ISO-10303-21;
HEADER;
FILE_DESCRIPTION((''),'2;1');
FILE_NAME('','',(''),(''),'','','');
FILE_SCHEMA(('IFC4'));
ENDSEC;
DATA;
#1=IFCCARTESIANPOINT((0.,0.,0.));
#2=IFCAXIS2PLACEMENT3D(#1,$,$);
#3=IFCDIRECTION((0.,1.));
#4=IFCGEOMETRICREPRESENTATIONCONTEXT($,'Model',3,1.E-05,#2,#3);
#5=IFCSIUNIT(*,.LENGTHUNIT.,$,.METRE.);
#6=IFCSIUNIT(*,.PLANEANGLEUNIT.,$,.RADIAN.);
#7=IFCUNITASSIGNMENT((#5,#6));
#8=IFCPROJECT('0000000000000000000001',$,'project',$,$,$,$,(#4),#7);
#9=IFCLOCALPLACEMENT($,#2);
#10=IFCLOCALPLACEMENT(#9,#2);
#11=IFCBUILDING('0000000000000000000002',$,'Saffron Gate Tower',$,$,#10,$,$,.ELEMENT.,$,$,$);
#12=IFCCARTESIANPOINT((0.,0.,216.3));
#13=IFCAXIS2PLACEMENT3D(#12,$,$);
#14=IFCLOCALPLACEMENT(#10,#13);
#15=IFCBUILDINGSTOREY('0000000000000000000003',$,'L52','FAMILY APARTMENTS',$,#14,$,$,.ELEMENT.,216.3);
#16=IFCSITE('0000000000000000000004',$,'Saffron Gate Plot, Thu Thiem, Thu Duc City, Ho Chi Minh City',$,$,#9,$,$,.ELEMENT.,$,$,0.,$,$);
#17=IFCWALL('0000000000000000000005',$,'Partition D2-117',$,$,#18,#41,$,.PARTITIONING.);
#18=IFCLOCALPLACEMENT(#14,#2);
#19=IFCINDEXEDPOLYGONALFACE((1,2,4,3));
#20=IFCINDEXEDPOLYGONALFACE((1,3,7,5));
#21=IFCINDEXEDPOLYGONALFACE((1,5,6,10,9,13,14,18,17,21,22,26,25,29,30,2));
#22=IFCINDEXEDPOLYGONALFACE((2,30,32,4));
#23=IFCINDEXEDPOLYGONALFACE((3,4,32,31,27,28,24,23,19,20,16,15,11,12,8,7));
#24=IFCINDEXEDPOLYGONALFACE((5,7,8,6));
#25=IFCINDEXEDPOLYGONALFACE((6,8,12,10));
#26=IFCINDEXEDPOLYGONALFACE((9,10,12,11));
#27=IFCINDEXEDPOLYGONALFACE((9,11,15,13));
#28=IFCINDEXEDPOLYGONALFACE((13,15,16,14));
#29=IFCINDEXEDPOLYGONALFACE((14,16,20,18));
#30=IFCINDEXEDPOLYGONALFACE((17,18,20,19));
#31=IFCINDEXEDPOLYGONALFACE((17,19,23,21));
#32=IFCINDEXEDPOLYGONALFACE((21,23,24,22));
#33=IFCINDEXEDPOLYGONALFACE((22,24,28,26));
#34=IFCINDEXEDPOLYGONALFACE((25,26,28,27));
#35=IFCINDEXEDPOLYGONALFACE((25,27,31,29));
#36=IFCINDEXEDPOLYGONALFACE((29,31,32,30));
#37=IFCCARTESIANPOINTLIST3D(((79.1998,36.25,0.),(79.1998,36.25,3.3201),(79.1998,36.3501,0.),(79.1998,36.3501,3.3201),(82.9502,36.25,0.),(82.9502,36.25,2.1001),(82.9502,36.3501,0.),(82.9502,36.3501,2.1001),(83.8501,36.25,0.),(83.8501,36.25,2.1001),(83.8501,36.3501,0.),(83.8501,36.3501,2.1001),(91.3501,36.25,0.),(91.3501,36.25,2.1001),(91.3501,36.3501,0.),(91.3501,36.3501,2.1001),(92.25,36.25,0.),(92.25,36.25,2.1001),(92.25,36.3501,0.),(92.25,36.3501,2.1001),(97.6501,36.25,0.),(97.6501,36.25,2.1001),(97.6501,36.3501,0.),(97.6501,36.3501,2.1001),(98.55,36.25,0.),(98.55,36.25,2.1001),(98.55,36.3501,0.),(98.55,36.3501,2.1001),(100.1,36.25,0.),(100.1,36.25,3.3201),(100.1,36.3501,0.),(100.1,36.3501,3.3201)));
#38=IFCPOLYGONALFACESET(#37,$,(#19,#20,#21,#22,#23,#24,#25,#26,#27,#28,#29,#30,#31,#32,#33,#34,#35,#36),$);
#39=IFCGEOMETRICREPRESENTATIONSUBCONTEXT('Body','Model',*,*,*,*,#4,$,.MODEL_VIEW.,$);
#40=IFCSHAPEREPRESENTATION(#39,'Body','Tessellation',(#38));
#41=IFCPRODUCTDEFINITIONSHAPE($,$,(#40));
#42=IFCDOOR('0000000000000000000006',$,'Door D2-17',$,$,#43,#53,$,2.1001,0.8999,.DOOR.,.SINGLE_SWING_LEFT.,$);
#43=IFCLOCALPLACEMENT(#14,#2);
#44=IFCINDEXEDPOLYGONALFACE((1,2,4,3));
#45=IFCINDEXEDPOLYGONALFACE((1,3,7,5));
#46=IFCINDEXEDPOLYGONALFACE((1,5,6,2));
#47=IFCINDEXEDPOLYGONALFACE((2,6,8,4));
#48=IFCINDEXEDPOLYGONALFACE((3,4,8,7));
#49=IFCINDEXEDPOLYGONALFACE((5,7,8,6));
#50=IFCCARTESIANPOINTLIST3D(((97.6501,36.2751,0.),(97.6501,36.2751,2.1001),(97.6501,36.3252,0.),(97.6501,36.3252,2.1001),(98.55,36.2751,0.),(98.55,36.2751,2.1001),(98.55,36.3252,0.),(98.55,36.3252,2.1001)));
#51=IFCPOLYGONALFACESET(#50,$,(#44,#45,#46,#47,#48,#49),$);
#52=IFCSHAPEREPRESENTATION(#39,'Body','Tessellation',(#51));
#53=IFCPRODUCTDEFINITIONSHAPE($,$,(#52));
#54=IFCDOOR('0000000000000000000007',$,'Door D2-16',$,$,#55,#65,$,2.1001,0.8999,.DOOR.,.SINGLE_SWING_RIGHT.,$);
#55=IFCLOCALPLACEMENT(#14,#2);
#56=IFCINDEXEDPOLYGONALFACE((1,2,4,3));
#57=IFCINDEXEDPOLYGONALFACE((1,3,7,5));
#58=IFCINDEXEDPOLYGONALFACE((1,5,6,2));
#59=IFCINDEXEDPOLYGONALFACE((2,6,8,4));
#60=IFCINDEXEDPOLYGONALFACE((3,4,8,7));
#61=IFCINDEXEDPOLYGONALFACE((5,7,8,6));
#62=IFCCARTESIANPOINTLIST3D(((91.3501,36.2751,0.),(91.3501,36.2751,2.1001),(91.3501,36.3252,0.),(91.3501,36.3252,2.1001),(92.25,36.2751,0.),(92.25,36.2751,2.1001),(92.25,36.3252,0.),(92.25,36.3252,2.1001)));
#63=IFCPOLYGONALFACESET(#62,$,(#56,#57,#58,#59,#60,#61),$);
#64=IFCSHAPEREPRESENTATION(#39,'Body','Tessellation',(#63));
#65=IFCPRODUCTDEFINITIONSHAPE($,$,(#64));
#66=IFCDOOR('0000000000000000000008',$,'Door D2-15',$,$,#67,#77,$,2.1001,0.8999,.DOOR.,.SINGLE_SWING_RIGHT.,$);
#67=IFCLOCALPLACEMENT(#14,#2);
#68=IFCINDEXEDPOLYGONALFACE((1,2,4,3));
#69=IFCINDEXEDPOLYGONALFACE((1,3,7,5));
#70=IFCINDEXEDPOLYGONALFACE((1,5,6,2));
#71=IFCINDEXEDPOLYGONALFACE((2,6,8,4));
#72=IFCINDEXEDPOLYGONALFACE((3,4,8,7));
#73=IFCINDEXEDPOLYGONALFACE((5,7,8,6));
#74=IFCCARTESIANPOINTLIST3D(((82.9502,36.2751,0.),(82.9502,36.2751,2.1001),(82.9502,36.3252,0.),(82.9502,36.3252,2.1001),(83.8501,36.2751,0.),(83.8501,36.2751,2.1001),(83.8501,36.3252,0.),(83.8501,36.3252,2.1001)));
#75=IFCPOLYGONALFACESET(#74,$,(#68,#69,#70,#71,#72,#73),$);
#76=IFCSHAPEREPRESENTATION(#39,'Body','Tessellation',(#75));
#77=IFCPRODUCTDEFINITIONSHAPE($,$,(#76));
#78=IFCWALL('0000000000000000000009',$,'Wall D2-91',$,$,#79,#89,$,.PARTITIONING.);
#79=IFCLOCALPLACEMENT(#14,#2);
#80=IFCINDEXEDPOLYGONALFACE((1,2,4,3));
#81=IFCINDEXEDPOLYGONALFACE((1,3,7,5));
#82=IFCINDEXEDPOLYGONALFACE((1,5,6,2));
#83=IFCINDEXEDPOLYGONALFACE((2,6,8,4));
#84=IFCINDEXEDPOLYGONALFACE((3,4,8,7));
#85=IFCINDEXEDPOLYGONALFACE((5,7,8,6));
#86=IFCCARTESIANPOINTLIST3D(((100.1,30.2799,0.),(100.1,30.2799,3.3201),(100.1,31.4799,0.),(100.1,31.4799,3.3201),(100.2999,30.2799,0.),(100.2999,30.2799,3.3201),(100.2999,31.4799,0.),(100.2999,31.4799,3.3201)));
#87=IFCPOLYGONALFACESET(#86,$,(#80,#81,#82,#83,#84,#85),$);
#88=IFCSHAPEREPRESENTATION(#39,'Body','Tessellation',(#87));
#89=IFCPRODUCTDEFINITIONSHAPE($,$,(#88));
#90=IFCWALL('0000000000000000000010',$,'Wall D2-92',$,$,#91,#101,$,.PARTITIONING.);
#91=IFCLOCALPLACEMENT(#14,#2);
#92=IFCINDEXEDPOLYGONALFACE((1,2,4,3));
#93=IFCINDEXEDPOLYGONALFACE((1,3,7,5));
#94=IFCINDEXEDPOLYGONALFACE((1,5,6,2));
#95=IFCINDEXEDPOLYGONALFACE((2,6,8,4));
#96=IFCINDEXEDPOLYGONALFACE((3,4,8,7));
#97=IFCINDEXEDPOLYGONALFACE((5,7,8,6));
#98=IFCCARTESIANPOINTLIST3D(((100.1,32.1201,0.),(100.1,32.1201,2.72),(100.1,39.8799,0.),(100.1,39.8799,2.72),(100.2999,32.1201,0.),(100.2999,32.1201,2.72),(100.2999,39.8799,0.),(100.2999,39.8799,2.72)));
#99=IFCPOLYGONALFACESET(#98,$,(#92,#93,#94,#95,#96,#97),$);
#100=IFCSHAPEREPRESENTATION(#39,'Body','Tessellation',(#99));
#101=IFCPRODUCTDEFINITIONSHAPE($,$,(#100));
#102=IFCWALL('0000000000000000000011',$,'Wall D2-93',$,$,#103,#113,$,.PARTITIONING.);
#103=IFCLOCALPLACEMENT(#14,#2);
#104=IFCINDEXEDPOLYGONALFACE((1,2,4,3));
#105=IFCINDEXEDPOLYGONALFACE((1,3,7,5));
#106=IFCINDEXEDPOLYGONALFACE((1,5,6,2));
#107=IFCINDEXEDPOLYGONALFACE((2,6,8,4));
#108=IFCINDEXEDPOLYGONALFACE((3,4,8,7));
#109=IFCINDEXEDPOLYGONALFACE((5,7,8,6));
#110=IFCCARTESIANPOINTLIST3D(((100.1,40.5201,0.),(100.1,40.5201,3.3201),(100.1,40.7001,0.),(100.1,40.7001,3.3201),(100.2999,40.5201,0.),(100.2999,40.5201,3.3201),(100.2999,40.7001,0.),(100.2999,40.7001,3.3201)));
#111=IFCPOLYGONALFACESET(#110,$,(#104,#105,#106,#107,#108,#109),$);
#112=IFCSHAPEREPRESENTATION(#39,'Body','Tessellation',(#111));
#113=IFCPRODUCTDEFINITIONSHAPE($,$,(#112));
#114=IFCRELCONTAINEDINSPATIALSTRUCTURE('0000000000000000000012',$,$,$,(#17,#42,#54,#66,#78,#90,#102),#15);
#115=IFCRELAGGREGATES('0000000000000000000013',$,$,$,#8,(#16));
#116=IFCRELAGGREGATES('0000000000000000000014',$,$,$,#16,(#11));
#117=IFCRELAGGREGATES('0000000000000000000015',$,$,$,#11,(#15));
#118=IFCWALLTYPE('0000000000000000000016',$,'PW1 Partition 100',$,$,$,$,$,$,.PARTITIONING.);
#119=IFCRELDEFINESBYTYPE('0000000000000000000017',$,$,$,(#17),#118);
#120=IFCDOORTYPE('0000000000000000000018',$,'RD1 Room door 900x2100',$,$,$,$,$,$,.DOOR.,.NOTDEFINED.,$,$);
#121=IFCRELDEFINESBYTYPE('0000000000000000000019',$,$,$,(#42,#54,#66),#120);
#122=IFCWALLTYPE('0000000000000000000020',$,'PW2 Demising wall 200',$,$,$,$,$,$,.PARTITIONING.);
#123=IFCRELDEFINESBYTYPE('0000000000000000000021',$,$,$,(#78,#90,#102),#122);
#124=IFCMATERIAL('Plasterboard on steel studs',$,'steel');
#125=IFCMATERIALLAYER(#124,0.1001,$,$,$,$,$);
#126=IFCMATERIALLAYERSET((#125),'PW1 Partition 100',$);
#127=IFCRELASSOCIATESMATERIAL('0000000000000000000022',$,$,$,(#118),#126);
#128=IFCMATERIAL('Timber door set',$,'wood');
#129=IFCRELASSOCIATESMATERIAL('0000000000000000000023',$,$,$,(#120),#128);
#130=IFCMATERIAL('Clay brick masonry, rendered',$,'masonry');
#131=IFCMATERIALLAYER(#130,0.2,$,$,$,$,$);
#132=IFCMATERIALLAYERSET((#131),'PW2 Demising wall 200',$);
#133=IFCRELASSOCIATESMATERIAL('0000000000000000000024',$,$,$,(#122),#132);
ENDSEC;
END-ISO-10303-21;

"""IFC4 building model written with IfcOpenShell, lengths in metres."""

from ifc_helpers import new_model, si_unit, direction, frame, frame_2d, origin, place, context, subcontext, project, spatial, rectangle, extrude, material, layer, layer_set, type_object, element, fill, save


model = new_model("IFC4")

# Units and contexts
model_context = context("Model", 3, precision=1e-05, world=origin(), true_north=direction((0.0, 1.0)))
body_context = subcontext(model_context, "Body", "Model", "MODEL_VIEW")
ifc_project = project(units=[si_unit("LENGTHUNIT", "METRE"), si_unit("PLANEANGLEUNIT", "RADIAN")], contexts=[model_context])

# Site, building, storey
site_placement = place(None, origin())
site = spatial("IfcSite", under=ifc_project, at=site_placement, Name="Saffron Gate Plot, Thu Thiem, Thu Duc City, Ho Chi Minh City", CompositionType="ELEMENT", RefElevation=0.0)
building_placement = place(site_placement, origin())
building = spatial("IfcBuilding", under=site, at=building_placement, Name="Saffron Gate Tower", CompositionType="ELEMENT")
storey_placement = place(building_placement, frame((0.0, 0.0, 216.3)))
storey = spatial("IfcBuildingStorey", under=building, at=storey_placement, Name="L52", Description="FAMILY APARTMENTS", CompositionType="ELEMENT", Elevation=216.3)

# Shared definitions
ifc_material_1 = material(Name="Plasterboard on steel studs", Category="steel")
ifc_layer_1 = layer(ifc_material_1, 0.1001)
ifc_layer_set_1 = layer_set([ifc_layer_1], Name="PW1 Partition 100")
wall_type_1 = type_object("IfcWallType", Name="PW1 Partition 100", PredefinedType="PARTITIONING", material=ifc_layer_set_1)
ifc_material_2 = material(Name="Timber door set", Category="wood")
door_type = type_object("IfcDoorType", Name="RD1 Room door 900x2100", OperationType="NOTDEFINED", PredefinedType="DOOR", material=ifc_material_2)

# Wall, openings, doors
wall_1_placement = place(storey_placement, frame((100.1001, 36.3, 0.0), z_axis=(0.0, 0.0, 1.0), x_axis=(-1.0, 0.0, 0.0)))
wall_1 = element("IfcWall", 1, at=wall_1_placement, inside=storey, type_object=wall_type_1, Name="Partition D2-117", PredefinedType="PARTITIONING", context=body_context, shape_type="SweptSolid", body=[
    extrude(rectangle(XDim=20.9001, YDim=0.1001, at=frame_2d((10.4502, 0.0))), origin(), (0.0, 0.0, 1.0), 3.3201),
])
opening_1_placement = place(wall_1_placement, frame((1.55, 0.0, 0.0)))
opening_1 = element("IfcOpeningElement", 2, at=opening_1_placement, cuts=wall_1, PredefinedType="OPENING", context=body_context, shape_type="SweptSolid", body=[
    extrude(rectangle(XDim=0.8999, YDim=2.1001, at=frame_2d((0.45, 1.05))), frame((0.0, 0.0601, 0.0), z_axis=(0.0, -1.0, 0.0), x_axis=(1.0, 0.0, 0.0)), (0.0, 0.0, 1.0), 0.1201),
])
opening_2_placement = place(wall_1_placement, frame((7.8501, 0.0, 0.0)))
opening_2 = element("IfcOpeningElement", 3, at=opening_2_placement, cuts=wall_1, PredefinedType="OPENING", context=body_context, shape_type="SweptSolid", body=[
    extrude(rectangle(XDim=0.8999, YDim=2.1001, at=frame_2d((0.45, 1.05))), frame((0.0, 0.0601, 0.0), z_axis=(0.0, -1.0, 0.0), x_axis=(1.0, 0.0, 0.0)), (0.0, 0.0, 1.0), 0.1201),
])
opening_3_placement = place(wall_1_placement, frame((16.25, 0.0, 0.0)))
opening_3 = element("IfcOpeningElement", 4, at=opening_3_placement, cuts=wall_1, PredefinedType="OPENING", context=body_context, shape_type="SweptSolid", body=[
    extrude(rectangle(XDim=0.8999, YDim=2.1001, at=frame_2d((0.45, 1.05))), frame((0.0, 0.0601, 0.0), z_axis=(0.0, -1.0, 0.0), x_axis=(1.0, 0.0, 0.0)), (0.0, 0.0, 1.0), 0.1201),
])
door_1_placement = place(opening_1_placement, origin())
door_1 = element("IfcDoor", 5, at=door_1_placement, inside=storey, type_object=door_type, Name="Door D2-17", OperationType="SINGLE_SWING_LEFT", OverallHeight=2.1001, OverallWidth=0.8999, PredefinedType="DOOR", context=body_context, shape_type="SweptSolid", body=[
    extrude(rectangle(XDim=0.8999, YDim=2.1001, at=frame_2d((0.45, 1.05))), frame((0.0, 0.0249, 0.0), z_axis=(0.0, -1.0, 0.0), x_axis=(1.0, 0.0, 0.0)), (0.0, 0.0, 1.0), 0.05),
])
fill(opening_1, door_1)
door_2_placement = place(opening_2_placement, origin())
door_2 = element("IfcDoor", 6, at=door_2_placement, inside=storey, type_object=door_type, Name="Door D2-16", OperationType="SINGLE_SWING_RIGHT", OverallHeight=2.1001, OverallWidth=0.8999, PredefinedType="DOOR", context=body_context, shape_type="SweptSolid", body=[
    extrude(rectangle(XDim=0.8999, YDim=2.1001, at=frame_2d((0.45, 1.05))), frame((0.0, 0.0249, 0.0), z_axis=(0.0, -1.0, 0.0), x_axis=(1.0, 0.0, 0.0)), (0.0, 0.0, 1.0), 0.05),
])
fill(opening_2, door_2)
door_3_placement = place(opening_3_placement, origin())
door_3 = element("IfcDoor", 7, at=door_3_placement, inside=storey, type_object=door_type, Name="Door D2-15", OperationType="SINGLE_SWING_RIGHT", OverallHeight=2.1001, OverallWidth=0.8999, PredefinedType="DOOR", context=body_context, shape_type="SweptSolid", body=[
    extrude(rectangle(XDim=0.8999, YDim=2.1001, at=frame_2d((0.45, 1.05))), frame((0.0, 0.0249, 0.0), z_axis=(0.0, -1.0, 0.0), x_axis=(1.0, 0.0, 0.0)), (0.0, 0.0, 1.0), 0.05),
])
fill(opening_3, door_3)

# Walls
ifc_material_3 = material(Name="Clay brick masonry, rendered", Category="masonry")
ifc_layer_2 = layer(ifc_material_3, 0.2)
ifc_layer_set_2 = layer_set([ifc_layer_2], Name="PW2 Demising wall 200")
wall_type_2 = type_object("IfcWallType", Name="PW2 Demising wall 200", PredefinedType="PARTITIONING", material=ifc_layer_set_2)
wall_2_placement = place(storey_placement, frame((100.2, 31.48, 0.0), z_axis=(0.0, 0.0, 1.0), x_axis=(0.0, -1.0, 0.0)))
element("IfcWall", 8, at=wall_2_placement, inside=storey, type_object=wall_type_2, Name="Wall D2-91", PredefinedType="PARTITIONING", context=body_context, shape_type="SweptSolid", body=[
    extrude(rectangle(XDim=1.2, YDim=0.2, at=frame_2d((0.6001, 0.0))), origin(), (0.0, 0.0, 1.0), 3.3201),
])
wall_3_placement = place(storey_placement, frame((100.2, 39.8799, 0.0), z_axis=(0.0, 0.0, 1.0), x_axis=(0.0, -1.0, 0.0)))
element("IfcWall", 9, at=wall_3_placement, inside=storey, type_object=wall_type_2, Name="Wall D2-92", PredefinedType="PARTITIONING", context=body_context, shape_type="SweptSolid", body=[
    extrude(rectangle(XDim=7.7598, YDim=0.2, at=frame_2d((3.8799, 0.0))), origin(), (0.0, 0.0, 1.0), 2.72),
])
wall_4_placement = place(storey_placement, frame((100.2, 40.7, 0.0), z_axis=(0.0, 0.0, 1.0), x_axis=(0.0, -1.0, 0.0)))
element("IfcWall", 10, at=wall_4_placement, inside=storey, type_object=wall_type_2, Name="Wall D2-93", PredefinedType="PARTITIONING", context=body_context, shape_type="SweptSolid", body=[
    extrude(rectangle(XDim=0.1799, YDim=0.2, at=frame_2d((0.0898, 0.0))), origin(), (0.0, 0.0, 1.0), 3.3201),
])

save(model, "model.ifc")
